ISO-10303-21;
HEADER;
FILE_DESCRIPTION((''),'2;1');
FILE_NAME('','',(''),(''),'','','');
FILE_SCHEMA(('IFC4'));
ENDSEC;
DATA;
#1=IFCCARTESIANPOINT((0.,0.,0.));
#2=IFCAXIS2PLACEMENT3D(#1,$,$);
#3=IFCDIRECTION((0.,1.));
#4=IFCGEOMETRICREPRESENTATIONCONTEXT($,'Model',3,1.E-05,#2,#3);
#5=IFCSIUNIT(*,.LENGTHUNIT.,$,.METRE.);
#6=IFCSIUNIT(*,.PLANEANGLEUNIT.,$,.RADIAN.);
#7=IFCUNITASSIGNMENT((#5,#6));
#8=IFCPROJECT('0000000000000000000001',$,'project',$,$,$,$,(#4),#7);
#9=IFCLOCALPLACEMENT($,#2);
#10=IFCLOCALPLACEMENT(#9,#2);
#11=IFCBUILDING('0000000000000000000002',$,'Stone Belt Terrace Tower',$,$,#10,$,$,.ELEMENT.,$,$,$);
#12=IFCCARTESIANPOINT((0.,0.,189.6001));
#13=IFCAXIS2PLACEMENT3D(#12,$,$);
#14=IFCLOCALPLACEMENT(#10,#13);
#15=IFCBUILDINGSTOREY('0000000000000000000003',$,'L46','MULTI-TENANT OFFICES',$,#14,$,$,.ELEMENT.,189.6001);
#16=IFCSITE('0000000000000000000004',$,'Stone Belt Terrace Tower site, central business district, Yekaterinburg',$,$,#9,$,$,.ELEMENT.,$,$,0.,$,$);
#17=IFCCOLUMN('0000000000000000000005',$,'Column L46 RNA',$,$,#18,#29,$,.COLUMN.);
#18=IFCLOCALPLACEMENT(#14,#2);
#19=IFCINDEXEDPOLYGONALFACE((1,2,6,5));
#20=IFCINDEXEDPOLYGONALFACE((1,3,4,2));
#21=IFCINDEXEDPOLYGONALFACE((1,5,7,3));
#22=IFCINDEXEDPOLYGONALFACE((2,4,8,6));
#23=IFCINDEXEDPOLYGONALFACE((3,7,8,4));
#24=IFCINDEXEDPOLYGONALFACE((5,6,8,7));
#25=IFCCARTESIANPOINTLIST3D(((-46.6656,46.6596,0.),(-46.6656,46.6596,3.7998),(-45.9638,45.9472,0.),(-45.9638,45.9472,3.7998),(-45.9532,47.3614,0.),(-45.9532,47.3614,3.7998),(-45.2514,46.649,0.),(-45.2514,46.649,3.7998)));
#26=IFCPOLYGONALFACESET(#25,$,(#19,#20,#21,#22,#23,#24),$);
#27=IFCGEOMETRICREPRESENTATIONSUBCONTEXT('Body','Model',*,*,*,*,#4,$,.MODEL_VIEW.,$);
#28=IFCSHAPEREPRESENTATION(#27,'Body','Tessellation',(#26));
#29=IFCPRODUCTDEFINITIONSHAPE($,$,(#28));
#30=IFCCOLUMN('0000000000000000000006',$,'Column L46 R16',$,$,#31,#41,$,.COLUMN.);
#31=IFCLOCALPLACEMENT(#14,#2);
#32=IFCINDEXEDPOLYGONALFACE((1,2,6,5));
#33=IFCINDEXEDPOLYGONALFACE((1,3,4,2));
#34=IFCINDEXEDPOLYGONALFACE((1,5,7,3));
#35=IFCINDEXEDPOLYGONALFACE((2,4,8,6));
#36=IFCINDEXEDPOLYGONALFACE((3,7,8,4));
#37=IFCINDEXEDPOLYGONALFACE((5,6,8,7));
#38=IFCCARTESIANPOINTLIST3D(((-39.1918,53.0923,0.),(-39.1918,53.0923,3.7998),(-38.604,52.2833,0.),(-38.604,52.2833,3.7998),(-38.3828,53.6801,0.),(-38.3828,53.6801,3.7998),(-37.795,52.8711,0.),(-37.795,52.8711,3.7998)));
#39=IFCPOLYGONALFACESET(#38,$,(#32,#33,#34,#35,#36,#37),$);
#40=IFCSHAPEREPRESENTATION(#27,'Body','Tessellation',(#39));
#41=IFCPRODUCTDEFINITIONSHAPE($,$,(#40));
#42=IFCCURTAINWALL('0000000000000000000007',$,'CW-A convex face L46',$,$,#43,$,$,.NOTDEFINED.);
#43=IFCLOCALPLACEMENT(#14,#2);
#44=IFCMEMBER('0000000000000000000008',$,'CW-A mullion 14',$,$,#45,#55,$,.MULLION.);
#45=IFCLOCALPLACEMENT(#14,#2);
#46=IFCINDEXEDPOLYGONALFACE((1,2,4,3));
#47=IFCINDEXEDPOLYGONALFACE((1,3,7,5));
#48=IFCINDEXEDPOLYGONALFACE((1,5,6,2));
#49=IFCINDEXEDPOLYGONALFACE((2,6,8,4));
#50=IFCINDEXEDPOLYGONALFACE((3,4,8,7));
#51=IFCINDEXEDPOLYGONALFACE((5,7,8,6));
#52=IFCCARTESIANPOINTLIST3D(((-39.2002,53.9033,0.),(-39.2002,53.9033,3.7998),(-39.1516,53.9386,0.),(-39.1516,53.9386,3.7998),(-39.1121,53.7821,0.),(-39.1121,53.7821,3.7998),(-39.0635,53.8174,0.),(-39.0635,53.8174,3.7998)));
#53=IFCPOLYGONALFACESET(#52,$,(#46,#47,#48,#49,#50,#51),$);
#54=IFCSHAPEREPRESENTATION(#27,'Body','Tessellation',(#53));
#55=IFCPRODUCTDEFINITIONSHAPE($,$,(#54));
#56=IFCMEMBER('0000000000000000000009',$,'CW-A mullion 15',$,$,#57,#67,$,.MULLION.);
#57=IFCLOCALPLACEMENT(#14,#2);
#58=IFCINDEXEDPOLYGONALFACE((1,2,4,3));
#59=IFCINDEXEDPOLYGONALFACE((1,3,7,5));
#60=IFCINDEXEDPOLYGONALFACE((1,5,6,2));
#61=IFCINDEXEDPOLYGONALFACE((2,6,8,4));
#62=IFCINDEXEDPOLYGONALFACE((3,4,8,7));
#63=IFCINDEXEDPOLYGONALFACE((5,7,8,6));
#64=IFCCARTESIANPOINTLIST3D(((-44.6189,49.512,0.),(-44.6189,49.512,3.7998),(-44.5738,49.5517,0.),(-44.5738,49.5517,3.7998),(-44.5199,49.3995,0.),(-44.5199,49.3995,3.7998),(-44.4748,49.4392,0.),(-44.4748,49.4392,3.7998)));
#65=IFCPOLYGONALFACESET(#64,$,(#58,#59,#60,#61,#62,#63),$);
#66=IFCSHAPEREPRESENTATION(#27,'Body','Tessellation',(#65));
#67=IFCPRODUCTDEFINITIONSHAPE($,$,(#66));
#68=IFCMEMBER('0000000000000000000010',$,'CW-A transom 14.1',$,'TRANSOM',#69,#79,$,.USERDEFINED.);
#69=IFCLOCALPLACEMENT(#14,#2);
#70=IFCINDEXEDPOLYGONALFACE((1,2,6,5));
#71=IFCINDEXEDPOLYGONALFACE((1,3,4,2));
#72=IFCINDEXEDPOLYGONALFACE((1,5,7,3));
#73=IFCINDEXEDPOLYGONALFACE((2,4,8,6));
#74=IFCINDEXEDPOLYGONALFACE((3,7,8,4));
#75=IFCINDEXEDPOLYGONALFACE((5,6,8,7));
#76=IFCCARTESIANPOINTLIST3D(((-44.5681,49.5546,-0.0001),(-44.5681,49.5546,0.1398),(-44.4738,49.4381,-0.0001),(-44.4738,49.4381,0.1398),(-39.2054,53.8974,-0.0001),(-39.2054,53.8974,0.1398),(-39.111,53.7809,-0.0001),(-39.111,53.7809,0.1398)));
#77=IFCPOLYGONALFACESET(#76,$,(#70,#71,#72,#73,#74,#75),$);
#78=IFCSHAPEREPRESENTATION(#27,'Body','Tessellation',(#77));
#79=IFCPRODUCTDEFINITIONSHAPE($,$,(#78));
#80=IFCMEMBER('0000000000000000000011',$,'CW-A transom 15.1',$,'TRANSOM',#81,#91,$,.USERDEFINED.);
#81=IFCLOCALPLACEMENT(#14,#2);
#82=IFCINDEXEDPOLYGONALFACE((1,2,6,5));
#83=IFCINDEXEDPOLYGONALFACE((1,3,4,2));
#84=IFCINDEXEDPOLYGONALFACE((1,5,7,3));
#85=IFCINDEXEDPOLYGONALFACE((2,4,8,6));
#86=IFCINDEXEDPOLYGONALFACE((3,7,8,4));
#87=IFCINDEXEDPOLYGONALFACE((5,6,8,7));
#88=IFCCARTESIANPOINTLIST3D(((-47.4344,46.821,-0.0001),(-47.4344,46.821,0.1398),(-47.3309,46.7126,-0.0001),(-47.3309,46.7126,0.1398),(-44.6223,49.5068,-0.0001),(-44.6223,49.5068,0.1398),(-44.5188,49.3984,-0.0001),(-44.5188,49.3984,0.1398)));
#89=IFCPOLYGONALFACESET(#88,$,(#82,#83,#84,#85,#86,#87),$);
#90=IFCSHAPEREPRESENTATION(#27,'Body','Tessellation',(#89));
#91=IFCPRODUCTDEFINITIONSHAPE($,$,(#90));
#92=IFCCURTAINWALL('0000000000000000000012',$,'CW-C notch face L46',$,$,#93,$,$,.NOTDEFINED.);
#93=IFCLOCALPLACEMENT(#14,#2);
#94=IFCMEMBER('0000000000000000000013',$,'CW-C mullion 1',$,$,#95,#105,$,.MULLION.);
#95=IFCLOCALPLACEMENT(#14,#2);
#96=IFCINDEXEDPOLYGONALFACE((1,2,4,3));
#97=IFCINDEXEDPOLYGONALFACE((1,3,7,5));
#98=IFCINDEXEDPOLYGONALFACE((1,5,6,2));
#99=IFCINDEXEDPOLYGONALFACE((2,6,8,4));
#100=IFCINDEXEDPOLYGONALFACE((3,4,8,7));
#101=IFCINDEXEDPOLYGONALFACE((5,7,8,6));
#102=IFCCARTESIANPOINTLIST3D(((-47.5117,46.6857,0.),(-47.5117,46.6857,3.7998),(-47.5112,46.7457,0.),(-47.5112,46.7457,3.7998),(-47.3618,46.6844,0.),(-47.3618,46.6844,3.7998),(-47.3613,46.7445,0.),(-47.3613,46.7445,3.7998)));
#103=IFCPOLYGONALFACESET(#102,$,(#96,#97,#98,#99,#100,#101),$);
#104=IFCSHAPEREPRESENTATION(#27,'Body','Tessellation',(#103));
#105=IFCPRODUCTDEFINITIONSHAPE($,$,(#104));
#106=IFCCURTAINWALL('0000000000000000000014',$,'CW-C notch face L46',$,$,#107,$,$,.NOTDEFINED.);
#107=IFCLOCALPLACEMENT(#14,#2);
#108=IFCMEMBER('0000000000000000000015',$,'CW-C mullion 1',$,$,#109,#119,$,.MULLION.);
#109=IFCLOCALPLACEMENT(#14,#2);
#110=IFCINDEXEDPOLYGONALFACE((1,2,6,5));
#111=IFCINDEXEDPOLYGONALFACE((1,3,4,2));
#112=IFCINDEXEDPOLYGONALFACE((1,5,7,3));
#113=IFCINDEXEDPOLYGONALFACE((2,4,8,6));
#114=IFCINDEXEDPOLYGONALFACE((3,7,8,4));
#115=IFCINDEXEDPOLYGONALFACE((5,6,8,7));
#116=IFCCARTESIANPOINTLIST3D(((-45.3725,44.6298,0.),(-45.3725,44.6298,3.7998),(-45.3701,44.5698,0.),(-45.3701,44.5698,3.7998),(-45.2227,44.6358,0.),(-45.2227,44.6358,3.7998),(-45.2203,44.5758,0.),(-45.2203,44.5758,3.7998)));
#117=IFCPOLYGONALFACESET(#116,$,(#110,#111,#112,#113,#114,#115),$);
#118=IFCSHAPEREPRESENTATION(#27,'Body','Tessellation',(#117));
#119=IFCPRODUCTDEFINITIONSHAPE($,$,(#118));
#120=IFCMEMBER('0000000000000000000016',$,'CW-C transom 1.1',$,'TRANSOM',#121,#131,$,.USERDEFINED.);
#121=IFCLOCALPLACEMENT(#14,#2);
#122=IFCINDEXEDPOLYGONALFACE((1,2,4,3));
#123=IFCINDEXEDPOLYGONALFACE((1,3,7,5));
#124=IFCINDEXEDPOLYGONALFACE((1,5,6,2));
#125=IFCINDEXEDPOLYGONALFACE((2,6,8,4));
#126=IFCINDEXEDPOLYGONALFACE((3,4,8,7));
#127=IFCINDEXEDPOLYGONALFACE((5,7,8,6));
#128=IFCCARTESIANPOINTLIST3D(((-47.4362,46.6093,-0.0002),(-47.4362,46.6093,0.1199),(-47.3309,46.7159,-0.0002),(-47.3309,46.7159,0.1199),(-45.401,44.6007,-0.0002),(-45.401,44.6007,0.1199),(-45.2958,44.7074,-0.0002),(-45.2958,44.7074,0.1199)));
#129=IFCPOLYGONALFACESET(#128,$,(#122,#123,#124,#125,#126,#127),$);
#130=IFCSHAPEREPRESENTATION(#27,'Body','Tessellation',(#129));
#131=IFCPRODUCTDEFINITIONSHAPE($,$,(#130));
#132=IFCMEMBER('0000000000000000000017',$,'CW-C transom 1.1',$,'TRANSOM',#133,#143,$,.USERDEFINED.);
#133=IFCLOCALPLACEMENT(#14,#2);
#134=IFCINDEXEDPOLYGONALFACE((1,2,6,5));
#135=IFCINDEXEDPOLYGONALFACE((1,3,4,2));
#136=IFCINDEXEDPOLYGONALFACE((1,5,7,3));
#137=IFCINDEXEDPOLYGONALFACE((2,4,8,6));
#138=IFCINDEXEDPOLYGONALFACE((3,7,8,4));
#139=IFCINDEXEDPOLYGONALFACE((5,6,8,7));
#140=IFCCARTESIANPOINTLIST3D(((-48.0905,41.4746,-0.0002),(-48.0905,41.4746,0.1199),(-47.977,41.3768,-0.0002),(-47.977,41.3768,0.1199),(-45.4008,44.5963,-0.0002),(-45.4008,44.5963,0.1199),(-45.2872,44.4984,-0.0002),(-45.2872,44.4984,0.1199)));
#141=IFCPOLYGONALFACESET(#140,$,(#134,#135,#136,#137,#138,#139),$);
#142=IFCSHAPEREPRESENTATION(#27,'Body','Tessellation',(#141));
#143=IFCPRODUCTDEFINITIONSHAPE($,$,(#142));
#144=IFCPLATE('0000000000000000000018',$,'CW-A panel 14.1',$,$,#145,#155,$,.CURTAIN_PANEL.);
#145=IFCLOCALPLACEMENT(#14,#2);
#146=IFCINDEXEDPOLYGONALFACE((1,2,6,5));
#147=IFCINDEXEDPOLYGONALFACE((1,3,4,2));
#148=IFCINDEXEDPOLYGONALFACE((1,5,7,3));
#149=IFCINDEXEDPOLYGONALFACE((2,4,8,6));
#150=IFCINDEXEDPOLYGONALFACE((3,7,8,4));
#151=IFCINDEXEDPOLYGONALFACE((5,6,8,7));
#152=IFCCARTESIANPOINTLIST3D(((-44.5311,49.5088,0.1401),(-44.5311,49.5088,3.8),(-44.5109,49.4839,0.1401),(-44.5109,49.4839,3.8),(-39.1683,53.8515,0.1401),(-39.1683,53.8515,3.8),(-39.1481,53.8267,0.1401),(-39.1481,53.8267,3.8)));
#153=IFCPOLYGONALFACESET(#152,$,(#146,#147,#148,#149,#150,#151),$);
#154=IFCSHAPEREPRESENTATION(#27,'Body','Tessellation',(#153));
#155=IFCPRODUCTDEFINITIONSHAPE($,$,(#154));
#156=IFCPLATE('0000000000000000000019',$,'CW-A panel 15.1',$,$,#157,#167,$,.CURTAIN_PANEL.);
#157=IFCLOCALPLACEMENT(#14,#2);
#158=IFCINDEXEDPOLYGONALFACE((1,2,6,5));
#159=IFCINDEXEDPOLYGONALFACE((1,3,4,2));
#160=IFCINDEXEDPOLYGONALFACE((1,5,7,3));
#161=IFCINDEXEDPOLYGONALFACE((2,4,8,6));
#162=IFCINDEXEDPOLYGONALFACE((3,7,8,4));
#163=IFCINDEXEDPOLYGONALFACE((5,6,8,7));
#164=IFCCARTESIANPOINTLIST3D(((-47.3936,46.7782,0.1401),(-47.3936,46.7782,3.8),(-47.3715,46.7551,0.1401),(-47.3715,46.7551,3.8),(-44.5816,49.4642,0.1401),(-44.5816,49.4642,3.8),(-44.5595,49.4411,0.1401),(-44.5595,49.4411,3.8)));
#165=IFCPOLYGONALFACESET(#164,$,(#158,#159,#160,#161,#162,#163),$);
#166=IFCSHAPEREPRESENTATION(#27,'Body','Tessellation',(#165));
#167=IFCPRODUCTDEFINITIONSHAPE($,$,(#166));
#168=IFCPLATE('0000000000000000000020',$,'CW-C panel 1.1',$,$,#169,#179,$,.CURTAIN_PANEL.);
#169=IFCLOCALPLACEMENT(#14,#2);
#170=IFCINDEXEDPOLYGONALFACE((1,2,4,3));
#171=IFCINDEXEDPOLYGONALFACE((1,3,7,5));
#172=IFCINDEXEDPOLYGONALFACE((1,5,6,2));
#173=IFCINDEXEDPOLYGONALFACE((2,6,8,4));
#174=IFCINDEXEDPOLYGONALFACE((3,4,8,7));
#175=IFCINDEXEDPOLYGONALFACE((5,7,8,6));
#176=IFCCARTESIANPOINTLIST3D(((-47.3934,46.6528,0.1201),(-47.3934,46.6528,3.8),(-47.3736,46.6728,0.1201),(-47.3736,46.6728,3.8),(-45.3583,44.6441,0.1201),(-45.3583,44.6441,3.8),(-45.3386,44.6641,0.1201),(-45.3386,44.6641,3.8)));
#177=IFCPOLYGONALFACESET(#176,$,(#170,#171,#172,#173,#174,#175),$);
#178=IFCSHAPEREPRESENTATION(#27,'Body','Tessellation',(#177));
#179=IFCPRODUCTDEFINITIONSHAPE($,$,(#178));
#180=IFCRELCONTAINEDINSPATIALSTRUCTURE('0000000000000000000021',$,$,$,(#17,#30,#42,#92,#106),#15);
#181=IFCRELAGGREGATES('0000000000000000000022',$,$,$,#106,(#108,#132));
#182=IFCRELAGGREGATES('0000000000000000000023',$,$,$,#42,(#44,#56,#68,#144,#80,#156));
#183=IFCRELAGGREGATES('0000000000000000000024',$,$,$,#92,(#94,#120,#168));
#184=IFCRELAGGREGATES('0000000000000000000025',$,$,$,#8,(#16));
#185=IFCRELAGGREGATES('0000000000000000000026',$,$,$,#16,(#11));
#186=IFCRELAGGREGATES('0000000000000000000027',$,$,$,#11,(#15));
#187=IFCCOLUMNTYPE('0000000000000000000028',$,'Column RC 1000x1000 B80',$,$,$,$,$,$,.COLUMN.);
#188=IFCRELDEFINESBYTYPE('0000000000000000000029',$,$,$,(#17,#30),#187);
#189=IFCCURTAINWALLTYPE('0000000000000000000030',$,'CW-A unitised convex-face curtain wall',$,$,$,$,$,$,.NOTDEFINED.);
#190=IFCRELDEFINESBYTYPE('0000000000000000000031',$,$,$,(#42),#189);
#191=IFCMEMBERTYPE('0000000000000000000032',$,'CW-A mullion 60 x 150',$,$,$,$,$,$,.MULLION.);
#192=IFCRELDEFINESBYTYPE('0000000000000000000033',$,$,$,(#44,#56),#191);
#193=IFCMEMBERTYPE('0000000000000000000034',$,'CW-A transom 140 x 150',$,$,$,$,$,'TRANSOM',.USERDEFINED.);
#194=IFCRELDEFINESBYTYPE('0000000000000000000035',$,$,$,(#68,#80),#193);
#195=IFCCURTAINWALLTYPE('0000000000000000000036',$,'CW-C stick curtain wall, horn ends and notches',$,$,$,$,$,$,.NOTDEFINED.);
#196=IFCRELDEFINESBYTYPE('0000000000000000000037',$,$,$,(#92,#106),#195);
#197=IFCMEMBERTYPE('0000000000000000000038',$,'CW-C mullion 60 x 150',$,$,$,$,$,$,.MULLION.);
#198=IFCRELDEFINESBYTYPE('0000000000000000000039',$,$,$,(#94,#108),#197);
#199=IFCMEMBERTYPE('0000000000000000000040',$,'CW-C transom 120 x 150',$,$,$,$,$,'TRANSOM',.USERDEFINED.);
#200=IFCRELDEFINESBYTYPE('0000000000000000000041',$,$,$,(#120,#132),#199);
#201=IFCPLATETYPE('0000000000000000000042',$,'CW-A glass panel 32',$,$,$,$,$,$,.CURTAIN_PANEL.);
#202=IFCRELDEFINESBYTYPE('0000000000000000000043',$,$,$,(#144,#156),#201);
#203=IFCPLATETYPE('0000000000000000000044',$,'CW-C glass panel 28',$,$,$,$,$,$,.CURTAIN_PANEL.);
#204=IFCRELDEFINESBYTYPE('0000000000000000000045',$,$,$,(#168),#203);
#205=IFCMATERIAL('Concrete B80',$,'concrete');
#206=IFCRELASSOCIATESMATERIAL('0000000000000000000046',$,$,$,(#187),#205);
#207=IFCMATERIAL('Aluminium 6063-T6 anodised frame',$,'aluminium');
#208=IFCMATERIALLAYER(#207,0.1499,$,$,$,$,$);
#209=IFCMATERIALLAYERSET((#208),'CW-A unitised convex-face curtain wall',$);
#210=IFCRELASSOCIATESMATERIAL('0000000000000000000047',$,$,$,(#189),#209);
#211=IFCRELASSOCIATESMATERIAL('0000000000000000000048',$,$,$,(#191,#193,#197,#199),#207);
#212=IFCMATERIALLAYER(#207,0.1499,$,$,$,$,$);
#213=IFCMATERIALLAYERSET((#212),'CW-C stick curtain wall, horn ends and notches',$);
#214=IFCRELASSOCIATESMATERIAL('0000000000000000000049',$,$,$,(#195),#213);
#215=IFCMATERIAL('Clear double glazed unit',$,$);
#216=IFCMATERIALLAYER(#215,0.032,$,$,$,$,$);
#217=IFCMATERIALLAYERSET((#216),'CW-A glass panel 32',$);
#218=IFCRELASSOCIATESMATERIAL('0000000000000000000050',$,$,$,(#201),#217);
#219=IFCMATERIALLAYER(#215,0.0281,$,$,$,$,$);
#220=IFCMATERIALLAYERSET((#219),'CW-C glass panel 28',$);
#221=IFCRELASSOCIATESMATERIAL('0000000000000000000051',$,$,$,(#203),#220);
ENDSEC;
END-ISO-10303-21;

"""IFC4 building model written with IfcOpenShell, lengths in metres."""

from ifc_helpers import new_model, si_unit, direction, frame, origin, origin_2d, place, context, subcontext, project, spatial, rectangle, extrude, material, layer, layer_set, material_profile, profile_set, type_object, element, aggregate, save


model = new_model("IFC4")

# Units and contexts
model_context = context("Model", 3, precision=1e-05, world=origin(), true_north=direction((0.0, 1.0)))
body_context = subcontext(model_context, "Body", "Model", "MODEL_VIEW")
ifc_project = project(units=[si_unit("LENGTHUNIT", "METRE"), si_unit("PLANEANGLEUNIT", "RADIAN")], contexts=[model_context])

# Site, building, storey
site_placement = place(None, origin())
site = spatial("IfcSite", under=ifc_project, at=site_placement, Name="Stone Belt Terrace Tower site, central business district, Yekaterinburg", CompositionType="ELEMENT", RefElevation=0.0)
building_placement = place(site_placement, origin())
building = spatial("IfcBuilding", under=site, at=building_placement, Name="Stone Belt Terrace Tower", CompositionType="ELEMENT")
storey_placement = place(building_placement, frame((0.0, 0.0, 189.6001)))
storey = spatial("IfcBuildingStorey", under=building, at=storey_placement, Name="L46", Description="MULTI-TENANT OFFICES", CompositionType="ELEMENT", Elevation=189.6001)

# Columns
ifc_material_1 = material(Name="Concrete B80", Category="concrete")
ifc_material_profile_1 = material_profile(ifc_material_1, rectangle(XDim=1.0, YDim=1.0, at=origin_2d()), Name="RC 1000x1000")
ifc_profile_set_1 = profile_set([ifc_material_profile_1], Name="Concrete B80")
column_type = type_object("IfcColumnType", Name="Column RC 1000x1000 B80", PredefinedType="COLUMN", material=ifc_profile_set_1)
for number, where, z_axis, x_axis, name in (
    (1, (-45.9585, 46.6543, 0.0), (0.0, 0.0, 1.0), (0.712398, 0.701775, 0.0), "Column L46 RNA"),
    (2, (-38.4934, 52.9817, 0.0), (0.0, 0.0, 1.0), (0.809017, 0.587785, 0.0), "Column L46 R16"),
):
    element("IfcColumn", number, at=place(storey_placement, frame(where, z_axis=z_axis, x_axis=x_axis)), inside=storey, type_object=column_type, Name=name, PredefinedType="COLUMN", context=body_context, shape_type="SweptSolid", body=[
        extrude(rectangle(XDim=1.0, YDim=1.0, at=origin_2d()), origin(), (0.0, 0.0, 1.0), 3.7998),
    ])

# Curtain wall, members
ifc_material_2 = material(Name="Aluminium 6063-T6 anodised frame", Category="aluminium")
ifc_layer_1 = layer(ifc_material_2, 0.1499)
ifc_layer_set_1 = layer_set([ifc_layer_1], Name="CW-A unitised convex-face curtain wall")
curtain_wall_type_1 = type_object("IfcCurtainWallType", Name="CW-A unitised convex-face curtain wall", PredefinedType="NOTDEFINED", material=ifc_layer_set_1)
curtain_wall_1_placement = place(storey_placement, origin())
curtain_wall_1 = element("IfcCurtainWall", 3, at=curtain_wall_1_placement, inside=storey, type_object=curtain_wall_type_1, Name="CW-A convex face L46", PredefinedType="NOTDEFINED")
ifc_material_profile_2 = material_profile(ifc_material_2, rectangle(XDim=0.1499, YDim=0.0601, at=origin_2d()), Name="Aluminium 6063-T6 60x150")
ifc_profile_set_2 = profile_set([ifc_material_profile_2], Name="Aluminium 6063-T6 anodised frame")
member_type_1 = type_object("IfcMemberType", Name="CW-A mullion 60 x 150", PredefinedType="MULLION", material=ifc_profile_set_2)
member_1_placement = place(storey_placement, frame((-39.1318, 53.8604, 0.0), z_axis=(0.0, 0.0, 1.0), x_axis=(0.587785, -0.809017, 0.0)))
member_1 = element("IfcMember", 4, at=member_1_placement, type_object=member_type_1, Name="CW-A mullion 14", PredefinedType="MULLION", context=body_context, shape_type="SweptSolid", body=[
    extrude(rectangle(XDim=0.1499, YDim=0.0601, at=origin_2d()), origin(), (0.0, 0.0, 1.0), 3.7998),
])
member_2_placement = place(storey_placement, frame((-44.5469, 49.4756, 0.0), z_axis=(0.0, 0.0, 1.0), x_axis=(0.660573, -0.750761, 0.0)))
member_2 = element("IfcMember", 5, at=member_2_placement, type_object=member_type_1, Name="CW-A mullion 15", PredefinedType="MULLION", context=body_context, shape_type="SweptSolid", body=[
    extrude(rectangle(XDim=0.1499, YDim=0.0601, at=origin_2d()), origin(), (0.0, 0.0, 1.0), 3.7998),
])
ifc_material_profile_3 = material_profile(ifc_material_2, rectangle(XDim=0.1499, YDim=0.1399, at=origin_2d()), Name="Aluminium 6063-T6 150x140")
ifc_profile_set_3 = profile_set([ifc_material_profile_3], Name="Aluminium 6063-T6 anodised frame")
member_type_2 = type_object("IfcMemberType", Name="CW-A transom 140 x 150", ElementType="TRANSOM", PredefinedType="USERDEFINED", material=ifc_profile_set_3)
member_3_placement = place(storey_placement, frame((-39.1582, 53.8391, 0.0698), z_axis=(-0.777141, -0.629326, 0.0), x_axis=(0.629326, -0.777141, 0.0)))
member_3 = element("IfcMember", 6, at=member_3_placement, type_object=member_type_2, Name="CW-A transom 14.1", ObjectType="TRANSOM", PredefinedType="USERDEFINED", context=body_context, shape_type="SweptSolid", body=[
    extrude(rectangle(XDim=0.1499, YDim=0.1399, at=origin_2d()), origin(), (0.0, 0.0, 1.0), 6.9006),
])
member_4_placement = place(storey_placement, frame((-44.5706, 49.4526, 0.0698), z_axis=(-0.72315, -0.690691, 0.0), x_axis=(0.690691, -0.72315, 0.0)))
member_4 = element("IfcMember", 7, at=member_4_placement, type_object=member_type_2, Name="CW-A transom 15.1", ObjectType="TRANSOM", PredefinedType="USERDEFINED", context=body_context, shape_type="SweptSolid", body=[
    extrude(rectangle(XDim=0.1499, YDim=0.1399, at=origin_2d()), origin(), (0.0, 0.0, 1.0), 3.8887),
])

# Curtain walls, members
ifc_layer_2 = layer(ifc_material_2, 0.1499)
ifc_layer_set_2 = layer_set([ifc_layer_2], Name="CW-C stick curtain wall, horn ends and notches")
curtain_wall_type_2 = type_object("IfcCurtainWallType", Name="CW-C stick curtain wall, horn ends and notches", PredefinedType="NOTDEFINED", material=ifc_layer_set_2)
curtain_wall_2_placement = place(storey_placement, origin())
curtain_wall_2 = element("IfcCurtainWall", 8, at=curtain_wall_2_placement, inside=storey, type_object=curtain_wall_type_2, Name="CW-C notch face L46", PredefinedType="NOTDEFINED")
ifc_material_profile_4 = material_profile(ifc_material_2, rectangle(XDim=0.1499, YDim=0.0601, at=origin_2d()), Name="Aluminium 6063-T6 60x150")
ifc_profile_set_4 = profile_set([ifc_material_profile_4], Name="Aluminium 6063-T6 anodised frame")
member_type_3 = type_object("IfcMemberType", Name="CW-C mullion 60 x 150", PredefinedType="MULLION", material=ifc_profile_set_4)
member_5_placement = place(storey_placement, frame((-47.4365, 46.7151, 0.0), z_axis=(0.0, 0.0, 1.0), x_axis=(0.999966, -0.008188, 0.0)))
member_5 = element("IfcMember", 9, at=member_5_placement, type_object=member_type_3, Name="CW-C mullion 1", PredefinedType="MULLION", context=body_context, shape_type="SweptSolid", body=[
    extrude(rectangle(XDim=0.1499, YDim=0.0601, at=origin_2d()), origin(), (0.0, 0.0, 1.0), 3.7998),
])
curtain_wall_3_placement = place(storey_placement, origin())
curtain_wall_3 = element("IfcCurtainWall", 10, at=curtain_wall_3_placement, inside=storey, type_object=curtain_wall_type_2, Name="CW-C notch face L46", PredefinedType="NOTDEFINED")
member_6_placement = place(storey_placement, frame((-45.2964, 44.6028, 0.0), z_axis=(0.0, 0.0, 1.0), x_axis=(0.999185, 0.04036, 0.0)))
member_6 = element("IfcMember", 11, at=member_6_placement, type_object=member_type_3, Name="CW-C mullion 1", PredefinedType="MULLION", context=body_context, shape_type="SweptSolid", body=[
    extrude(rectangle(XDim=0.1499, YDim=0.0601, at=origin_2d()), origin(), (0.0, 0.0, 1.0), 3.7998),
])

# Members
ifc_material_profile_5 = material_profile(ifc_material_2, rectangle(XDim=0.1499, YDim=0.1201, at=origin_2d()), Name="Aluminium 6063-T6 150x120")
ifc_profile_set_5 = profile_set([ifc_material_profile_5], Name="Aluminium 6063-T6 anodised frame")
member_type_4 = type_object("IfcMemberType", Name="CW-C transom 120 x 150", ElementType="TRANSOM", PredefinedType="USERDEFINED", material=ifc_profile_set_5)
member_7_placement = place(storey_placement, frame((-47.3835, 46.6626, 0.0598), z_axis=(0.711745, -0.702438, 0.0), x_axis=(0.702438, 0.711745, 0.0)))
member_7 = element("IfcMember", 12, at=member_7_placement, type_object=member_type_4, Name="CW-C transom 1.1", ObjectType="TRANSOM", PredefinedType="USERDEFINED", context=body_context, shape_type="SweptSolid", body=[
    extrude(rectangle(XDim=0.1499, YDim=0.1201, at=origin_2d()), origin(), (0.0, 0.0, 1.0), 2.8594),
])
member_8_placement = place(storey_placement, frame((-45.344, 44.5474, 0.0598), z_axis=(-0.652756, -0.757569, 0.0), x_axis=(0.757569, -0.652756, 0.0)))
member_8 = element("IfcMember", 13, at=member_8_placement, type_object=member_type_4, Name="CW-C transom 1.1", ObjectType="TRANSOM", PredefinedType="USERDEFINED", context=body_context, shape_type="SweptSolid", body=[
    extrude(rectangle(XDim=0.1499, YDim=0.1201, at=origin_2d()), origin(), (0.0, 0.0, 1.0), 4.1206),
])
aggregate(curtain_wall_3, [member_6, member_8])

# Plates
ifc_material_3 = material(Name="Clear double glazed unit")
ifc_layer_3 = layer(ifc_material_3, 0.032)
ifc_layer_set_3 = layer_set([ifc_layer_3], Name="CW-A glass panel 32")
plate_type_1 = type_object("IfcPlateType", Name="CW-A glass panel 32", PredefinedType="CURTAIN_PANEL", material=ifc_layer_set_3)
plate_1_placement = place(storey_placement, frame((-41.8396, 51.6677, 0.1401), z_axis=(0.0, 0.0, 1.0), x_axis=(-0.777146, -0.62932, 0.0)))
plate_1 = element("IfcPlate", 14, at=plate_1_placement, type_object=plate_type_1, Name="CW-A panel 14.1", PredefinedType="CURTAIN_PANEL", context=body_context, shape_type="SweptSolid", body=[
    extrude(rectangle(XDim=6.9006, YDim=0.032, at=origin_2d()), origin(), (0.0, 0.0, 1.0), 3.6599),
])
plate_2_placement = place(storey_placement, frame((-45.9766, 48.1096, 0.1401), z_axis=(0.0, 0.0, 1.0), x_axis=(-0.723121, -0.690721, 0.0)))
plate_2 = element("IfcPlate", 15, at=plate_2_placement, type_object=plate_type_1, Name="CW-A panel 15.1", PredefinedType="CURTAIN_PANEL", context=body_context, shape_type="SweptSolid", body=[
    extrude(rectangle(XDim=3.8887, YDim=0.032, at=origin_2d()), origin(), (0.0, 0.0, 1.0), 3.6599),
])
aggregate(curtain_wall_1, [member_1, member_2, member_3, plate_1, member_4, plate_2])
ifc_layer_4 = layer(ifc_material_3, 0.0281)
ifc_layer_set_4 = layer_set([ifc_layer_4], Name="CW-C glass panel 28")
plate_type_2 = type_object("IfcPlateType", Name="CW-C glass panel 28", PredefinedType="CURTAIN_PANEL", material=ifc_layer_set_4)
plate_3_placement = place(storey_placement, frame((-46.366, 45.6584, 0.1201), z_axis=(0.0, 0.0, 1.0), x_axis=(0.711713, -0.70247, 0.0)))
plate_3 = element("IfcPlate", 16, at=plate_3_placement, type_object=plate_type_2, Name="CW-C panel 1.1", PredefinedType="CURTAIN_PANEL", context=body_context, shape_type="SweptSolid", body=[
    extrude(rectangle(XDim=2.8594, YDim=0.0281, at=origin_2d()), origin(), (0.0, 0.0, 1.0), 3.6799),
])
aggregate(curtain_wall_2, [member_5, member_7, plate_3])

save(model, "model.ifc")
